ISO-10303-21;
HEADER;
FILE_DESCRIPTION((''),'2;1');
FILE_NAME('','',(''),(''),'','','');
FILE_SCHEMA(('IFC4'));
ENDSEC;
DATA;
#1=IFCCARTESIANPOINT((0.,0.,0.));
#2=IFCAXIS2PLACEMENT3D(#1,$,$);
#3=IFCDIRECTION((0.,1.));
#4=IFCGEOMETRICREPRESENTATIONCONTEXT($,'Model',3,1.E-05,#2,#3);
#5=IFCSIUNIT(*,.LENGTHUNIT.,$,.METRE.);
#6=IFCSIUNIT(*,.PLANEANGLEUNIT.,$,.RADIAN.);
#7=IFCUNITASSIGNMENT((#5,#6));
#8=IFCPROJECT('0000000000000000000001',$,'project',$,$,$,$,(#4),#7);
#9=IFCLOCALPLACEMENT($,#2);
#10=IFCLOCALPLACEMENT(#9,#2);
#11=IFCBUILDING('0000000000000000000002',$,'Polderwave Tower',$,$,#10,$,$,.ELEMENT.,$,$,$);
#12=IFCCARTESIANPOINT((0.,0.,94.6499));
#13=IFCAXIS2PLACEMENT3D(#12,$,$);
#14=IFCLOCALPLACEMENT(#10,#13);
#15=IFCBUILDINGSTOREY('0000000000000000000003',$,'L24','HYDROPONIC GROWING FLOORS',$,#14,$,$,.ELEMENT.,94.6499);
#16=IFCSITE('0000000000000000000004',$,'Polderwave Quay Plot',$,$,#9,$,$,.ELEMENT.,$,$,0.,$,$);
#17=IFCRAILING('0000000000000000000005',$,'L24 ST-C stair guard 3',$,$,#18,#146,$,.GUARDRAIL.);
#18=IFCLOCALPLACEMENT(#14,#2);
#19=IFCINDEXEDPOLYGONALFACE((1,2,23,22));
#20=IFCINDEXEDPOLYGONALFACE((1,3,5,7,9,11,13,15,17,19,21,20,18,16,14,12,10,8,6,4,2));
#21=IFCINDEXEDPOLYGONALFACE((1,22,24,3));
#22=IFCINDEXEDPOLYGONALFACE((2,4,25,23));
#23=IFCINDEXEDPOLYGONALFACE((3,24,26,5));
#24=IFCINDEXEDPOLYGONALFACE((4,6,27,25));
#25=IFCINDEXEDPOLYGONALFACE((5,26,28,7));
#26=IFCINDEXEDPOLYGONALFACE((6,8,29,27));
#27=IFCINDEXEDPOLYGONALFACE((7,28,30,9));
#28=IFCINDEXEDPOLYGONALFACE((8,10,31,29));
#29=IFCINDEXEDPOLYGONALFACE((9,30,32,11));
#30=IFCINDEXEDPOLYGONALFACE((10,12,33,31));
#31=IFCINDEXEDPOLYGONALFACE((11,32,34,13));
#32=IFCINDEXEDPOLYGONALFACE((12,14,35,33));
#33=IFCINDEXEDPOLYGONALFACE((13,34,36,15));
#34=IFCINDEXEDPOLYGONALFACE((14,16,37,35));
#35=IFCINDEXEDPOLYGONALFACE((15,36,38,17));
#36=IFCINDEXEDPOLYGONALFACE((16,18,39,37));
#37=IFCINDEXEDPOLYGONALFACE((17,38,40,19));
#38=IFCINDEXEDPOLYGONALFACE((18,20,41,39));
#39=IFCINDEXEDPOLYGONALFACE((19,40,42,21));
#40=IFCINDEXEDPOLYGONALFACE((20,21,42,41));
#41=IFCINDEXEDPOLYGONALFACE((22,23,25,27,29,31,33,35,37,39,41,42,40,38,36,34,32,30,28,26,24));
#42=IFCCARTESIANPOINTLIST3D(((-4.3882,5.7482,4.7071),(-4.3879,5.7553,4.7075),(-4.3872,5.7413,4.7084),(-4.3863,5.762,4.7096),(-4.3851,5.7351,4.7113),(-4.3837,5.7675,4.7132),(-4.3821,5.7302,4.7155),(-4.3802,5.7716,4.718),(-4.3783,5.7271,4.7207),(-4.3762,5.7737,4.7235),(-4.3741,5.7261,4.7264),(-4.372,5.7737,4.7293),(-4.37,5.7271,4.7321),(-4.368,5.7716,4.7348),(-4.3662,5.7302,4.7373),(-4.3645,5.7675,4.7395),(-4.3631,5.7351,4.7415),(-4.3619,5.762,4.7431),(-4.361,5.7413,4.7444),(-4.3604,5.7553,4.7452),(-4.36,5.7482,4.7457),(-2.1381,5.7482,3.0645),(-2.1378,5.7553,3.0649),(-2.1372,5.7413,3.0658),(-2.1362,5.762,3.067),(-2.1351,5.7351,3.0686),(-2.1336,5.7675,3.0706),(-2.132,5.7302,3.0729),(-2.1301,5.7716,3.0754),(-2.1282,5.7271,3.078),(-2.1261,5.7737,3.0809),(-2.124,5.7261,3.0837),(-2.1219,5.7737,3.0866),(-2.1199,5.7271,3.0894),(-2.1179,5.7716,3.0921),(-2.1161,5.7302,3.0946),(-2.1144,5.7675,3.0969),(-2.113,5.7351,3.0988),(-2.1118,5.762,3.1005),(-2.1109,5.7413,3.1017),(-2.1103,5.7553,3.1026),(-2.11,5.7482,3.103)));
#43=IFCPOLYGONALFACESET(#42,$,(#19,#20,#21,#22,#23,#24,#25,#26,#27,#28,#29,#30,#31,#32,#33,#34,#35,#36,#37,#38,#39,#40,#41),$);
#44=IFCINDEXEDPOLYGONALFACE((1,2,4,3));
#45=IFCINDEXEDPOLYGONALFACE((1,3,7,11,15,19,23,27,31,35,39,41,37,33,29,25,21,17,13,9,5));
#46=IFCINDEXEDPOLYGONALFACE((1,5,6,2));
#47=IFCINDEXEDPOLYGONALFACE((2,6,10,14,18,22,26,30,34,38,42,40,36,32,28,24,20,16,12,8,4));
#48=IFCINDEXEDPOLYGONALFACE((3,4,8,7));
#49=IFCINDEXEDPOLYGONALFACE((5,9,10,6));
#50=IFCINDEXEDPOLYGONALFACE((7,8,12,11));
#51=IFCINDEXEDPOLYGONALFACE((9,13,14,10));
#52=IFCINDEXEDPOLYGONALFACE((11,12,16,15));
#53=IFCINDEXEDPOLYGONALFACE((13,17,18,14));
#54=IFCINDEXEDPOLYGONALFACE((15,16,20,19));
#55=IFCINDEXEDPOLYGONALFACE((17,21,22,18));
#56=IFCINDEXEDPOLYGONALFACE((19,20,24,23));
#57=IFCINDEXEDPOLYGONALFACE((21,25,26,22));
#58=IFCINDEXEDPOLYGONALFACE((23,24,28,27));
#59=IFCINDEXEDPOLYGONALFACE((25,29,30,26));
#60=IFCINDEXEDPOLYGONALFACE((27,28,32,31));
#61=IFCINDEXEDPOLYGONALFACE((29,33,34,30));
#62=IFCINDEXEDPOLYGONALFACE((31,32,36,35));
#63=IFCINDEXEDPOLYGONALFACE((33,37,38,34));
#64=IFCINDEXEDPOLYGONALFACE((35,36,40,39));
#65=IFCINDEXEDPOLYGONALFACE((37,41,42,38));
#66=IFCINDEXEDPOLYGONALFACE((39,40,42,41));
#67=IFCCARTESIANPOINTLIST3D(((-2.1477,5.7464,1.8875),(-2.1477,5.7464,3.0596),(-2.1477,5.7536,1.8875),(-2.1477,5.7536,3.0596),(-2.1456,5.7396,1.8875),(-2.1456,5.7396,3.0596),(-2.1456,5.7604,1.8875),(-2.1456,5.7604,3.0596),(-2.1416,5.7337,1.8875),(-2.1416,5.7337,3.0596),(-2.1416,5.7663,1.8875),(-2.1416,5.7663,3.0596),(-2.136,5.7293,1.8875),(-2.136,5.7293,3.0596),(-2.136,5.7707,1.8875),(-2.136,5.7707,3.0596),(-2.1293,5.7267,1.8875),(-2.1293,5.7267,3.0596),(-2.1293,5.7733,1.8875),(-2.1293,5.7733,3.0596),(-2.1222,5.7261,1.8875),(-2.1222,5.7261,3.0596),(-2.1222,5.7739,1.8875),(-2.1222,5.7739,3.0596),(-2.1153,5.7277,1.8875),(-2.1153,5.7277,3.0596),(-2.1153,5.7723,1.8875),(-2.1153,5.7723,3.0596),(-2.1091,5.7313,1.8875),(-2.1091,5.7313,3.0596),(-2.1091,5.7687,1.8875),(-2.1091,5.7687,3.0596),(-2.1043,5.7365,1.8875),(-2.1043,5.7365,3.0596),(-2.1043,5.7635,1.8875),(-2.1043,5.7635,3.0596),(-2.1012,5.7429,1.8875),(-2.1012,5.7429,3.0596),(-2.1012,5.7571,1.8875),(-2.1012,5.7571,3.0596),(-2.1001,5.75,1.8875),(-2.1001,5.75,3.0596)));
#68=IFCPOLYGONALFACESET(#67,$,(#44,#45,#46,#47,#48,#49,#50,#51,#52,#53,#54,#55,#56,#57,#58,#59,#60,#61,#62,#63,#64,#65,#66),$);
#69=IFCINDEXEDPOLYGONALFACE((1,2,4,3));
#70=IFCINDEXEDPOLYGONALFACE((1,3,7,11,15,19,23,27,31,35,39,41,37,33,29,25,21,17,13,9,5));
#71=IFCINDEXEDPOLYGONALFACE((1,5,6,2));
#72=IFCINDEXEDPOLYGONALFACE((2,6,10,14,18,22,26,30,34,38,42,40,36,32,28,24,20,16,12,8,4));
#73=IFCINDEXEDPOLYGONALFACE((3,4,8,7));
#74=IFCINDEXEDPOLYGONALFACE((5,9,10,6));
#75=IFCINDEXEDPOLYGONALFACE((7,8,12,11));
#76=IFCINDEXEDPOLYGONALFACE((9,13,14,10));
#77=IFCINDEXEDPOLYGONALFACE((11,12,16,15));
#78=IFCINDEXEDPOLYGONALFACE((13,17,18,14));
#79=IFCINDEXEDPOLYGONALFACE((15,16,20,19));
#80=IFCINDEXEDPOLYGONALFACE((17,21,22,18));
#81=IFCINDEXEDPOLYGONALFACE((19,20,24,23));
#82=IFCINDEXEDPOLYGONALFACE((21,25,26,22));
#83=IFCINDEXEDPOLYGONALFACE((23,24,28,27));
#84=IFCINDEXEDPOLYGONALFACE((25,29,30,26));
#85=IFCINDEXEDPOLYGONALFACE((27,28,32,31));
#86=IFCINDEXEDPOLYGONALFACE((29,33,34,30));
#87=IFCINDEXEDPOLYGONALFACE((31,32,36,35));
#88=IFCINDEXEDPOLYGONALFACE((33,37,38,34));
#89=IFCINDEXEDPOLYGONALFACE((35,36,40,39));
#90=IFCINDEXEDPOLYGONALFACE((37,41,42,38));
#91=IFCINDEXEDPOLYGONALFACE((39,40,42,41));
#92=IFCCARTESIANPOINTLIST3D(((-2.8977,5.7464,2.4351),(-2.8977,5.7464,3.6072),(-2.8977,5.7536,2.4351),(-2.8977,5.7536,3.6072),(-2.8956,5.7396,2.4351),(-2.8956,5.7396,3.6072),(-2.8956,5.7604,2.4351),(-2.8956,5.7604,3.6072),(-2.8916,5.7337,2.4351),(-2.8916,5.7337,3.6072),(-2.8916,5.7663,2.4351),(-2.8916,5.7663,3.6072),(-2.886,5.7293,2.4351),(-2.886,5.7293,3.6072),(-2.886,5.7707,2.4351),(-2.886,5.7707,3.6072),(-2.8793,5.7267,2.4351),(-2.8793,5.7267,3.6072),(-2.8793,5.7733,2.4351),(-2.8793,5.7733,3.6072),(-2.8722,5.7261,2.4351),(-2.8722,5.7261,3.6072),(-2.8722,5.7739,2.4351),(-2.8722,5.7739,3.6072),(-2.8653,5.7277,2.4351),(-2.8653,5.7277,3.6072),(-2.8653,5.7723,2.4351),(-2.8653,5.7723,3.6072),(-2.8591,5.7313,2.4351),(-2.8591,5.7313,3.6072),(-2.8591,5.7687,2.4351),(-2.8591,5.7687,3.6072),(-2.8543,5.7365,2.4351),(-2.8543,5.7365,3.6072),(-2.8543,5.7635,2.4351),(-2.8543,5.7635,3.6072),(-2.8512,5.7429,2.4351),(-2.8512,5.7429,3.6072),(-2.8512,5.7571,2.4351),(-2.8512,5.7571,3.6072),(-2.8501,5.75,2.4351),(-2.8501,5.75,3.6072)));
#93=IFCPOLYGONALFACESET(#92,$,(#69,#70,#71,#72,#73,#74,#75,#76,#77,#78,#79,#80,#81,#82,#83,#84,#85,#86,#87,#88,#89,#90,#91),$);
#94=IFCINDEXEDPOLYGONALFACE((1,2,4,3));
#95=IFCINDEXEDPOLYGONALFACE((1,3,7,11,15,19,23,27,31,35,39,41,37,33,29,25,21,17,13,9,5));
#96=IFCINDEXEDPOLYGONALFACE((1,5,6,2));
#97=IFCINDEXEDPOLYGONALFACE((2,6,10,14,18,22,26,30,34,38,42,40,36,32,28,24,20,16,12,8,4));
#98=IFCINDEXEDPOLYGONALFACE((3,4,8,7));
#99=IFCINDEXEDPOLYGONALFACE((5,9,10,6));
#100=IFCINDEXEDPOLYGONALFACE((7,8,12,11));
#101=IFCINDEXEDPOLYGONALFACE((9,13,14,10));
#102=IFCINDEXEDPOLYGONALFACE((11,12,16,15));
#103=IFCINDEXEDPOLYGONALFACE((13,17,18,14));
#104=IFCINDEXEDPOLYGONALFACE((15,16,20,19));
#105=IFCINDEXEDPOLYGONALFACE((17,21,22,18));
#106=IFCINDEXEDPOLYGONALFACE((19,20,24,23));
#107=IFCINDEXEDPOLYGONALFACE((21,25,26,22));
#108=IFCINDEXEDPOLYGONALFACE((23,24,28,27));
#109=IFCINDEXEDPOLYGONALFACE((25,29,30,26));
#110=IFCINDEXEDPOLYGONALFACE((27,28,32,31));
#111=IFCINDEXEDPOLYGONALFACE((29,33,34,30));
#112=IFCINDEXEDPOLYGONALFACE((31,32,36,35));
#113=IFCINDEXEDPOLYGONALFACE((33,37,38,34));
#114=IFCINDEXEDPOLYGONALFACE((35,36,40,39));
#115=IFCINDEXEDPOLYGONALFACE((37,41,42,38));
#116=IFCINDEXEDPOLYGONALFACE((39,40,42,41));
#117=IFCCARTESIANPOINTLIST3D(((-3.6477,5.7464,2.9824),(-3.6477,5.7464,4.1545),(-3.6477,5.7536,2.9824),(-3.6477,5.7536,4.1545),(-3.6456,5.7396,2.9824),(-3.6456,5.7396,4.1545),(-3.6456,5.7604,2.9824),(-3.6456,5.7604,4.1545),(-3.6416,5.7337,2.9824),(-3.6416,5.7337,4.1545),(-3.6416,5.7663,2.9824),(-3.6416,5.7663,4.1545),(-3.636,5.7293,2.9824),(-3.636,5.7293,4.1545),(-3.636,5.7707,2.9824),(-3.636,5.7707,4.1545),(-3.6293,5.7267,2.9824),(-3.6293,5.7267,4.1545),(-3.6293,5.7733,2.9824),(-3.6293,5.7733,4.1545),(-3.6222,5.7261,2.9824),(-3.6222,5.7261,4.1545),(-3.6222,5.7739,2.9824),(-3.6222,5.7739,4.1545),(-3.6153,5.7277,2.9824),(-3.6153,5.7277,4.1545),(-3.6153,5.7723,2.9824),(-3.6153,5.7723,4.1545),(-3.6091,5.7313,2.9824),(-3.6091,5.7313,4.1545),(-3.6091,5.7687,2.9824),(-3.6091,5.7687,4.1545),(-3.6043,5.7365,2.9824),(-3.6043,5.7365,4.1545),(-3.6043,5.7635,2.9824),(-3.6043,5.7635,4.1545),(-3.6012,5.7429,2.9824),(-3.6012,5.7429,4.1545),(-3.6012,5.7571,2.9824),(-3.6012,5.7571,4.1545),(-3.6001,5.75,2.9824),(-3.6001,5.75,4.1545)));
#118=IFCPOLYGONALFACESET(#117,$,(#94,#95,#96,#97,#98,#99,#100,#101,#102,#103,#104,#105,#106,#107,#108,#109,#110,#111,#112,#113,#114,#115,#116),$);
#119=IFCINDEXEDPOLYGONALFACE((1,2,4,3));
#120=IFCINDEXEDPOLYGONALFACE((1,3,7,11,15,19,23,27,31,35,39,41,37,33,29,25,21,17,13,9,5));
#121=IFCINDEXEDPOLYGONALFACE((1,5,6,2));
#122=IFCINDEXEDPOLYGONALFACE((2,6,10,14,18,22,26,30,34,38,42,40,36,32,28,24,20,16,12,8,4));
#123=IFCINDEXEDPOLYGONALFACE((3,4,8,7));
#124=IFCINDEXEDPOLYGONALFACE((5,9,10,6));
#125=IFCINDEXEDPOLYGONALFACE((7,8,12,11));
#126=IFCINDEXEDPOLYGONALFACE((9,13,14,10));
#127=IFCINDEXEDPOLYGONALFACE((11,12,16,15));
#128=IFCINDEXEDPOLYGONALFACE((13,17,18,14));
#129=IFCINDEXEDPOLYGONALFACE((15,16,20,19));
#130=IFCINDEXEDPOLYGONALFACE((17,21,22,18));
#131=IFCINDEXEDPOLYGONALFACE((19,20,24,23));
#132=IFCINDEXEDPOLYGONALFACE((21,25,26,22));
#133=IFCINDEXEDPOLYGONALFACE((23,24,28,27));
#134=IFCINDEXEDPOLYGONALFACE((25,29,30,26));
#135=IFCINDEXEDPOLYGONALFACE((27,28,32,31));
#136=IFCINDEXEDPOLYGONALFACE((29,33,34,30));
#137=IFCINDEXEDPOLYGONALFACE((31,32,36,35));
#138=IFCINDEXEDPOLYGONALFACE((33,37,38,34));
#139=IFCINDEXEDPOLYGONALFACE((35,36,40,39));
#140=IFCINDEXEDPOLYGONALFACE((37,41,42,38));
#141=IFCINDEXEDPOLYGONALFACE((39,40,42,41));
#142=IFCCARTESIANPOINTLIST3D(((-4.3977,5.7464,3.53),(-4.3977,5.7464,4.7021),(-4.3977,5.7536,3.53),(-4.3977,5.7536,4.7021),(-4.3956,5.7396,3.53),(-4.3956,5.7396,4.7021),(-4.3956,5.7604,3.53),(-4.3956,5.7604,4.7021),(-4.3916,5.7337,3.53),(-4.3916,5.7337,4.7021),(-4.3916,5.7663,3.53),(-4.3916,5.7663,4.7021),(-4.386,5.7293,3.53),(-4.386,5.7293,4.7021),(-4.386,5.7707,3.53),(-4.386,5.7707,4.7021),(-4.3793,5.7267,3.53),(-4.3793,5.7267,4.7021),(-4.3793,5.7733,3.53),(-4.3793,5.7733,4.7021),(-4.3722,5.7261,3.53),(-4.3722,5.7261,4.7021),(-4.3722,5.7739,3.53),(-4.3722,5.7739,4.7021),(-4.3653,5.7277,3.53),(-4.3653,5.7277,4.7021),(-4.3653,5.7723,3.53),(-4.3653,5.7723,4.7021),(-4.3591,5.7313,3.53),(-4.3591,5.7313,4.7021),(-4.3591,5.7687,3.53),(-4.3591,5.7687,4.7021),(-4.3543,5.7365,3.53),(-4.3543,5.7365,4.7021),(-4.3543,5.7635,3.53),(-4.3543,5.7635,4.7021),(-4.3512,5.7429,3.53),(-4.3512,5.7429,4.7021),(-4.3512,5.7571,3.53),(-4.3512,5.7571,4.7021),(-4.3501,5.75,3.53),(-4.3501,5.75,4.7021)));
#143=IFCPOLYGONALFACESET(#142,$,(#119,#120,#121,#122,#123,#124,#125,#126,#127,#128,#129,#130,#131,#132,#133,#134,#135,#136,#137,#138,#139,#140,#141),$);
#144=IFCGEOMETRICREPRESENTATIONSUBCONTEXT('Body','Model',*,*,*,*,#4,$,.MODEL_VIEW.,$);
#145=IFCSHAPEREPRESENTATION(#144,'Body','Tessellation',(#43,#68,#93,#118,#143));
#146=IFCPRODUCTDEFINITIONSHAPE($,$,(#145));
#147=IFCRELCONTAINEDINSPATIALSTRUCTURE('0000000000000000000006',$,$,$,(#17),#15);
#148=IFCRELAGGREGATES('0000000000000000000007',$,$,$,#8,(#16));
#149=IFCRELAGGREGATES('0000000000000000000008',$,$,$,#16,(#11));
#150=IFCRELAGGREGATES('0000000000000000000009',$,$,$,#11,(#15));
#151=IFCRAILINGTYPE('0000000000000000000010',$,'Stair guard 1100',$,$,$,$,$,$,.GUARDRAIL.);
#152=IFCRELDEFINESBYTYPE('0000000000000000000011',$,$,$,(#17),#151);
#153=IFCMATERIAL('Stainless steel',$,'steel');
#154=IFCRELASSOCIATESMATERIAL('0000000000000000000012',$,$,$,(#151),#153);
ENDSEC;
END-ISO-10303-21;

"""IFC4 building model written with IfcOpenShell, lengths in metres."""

from ifc_helpers import new_model, si_unit, direction, frame, origin, origin_2d, place, context, subcontext, project, spatial, circle, extrude, material, type_object, element, save


model = new_model("IFC4")

# Units and contexts
model_context = context("Model", 3, precision=1e-05, world=origin(), true_north=direction((0.0, 1.0)))
body_context = subcontext(model_context, "Body", "Model", "MODEL_VIEW")
ifc_project = project(units=[si_unit("LENGTHUNIT", "METRE"), si_unit("PLANEANGLEUNIT", "RADIAN")], contexts=[model_context])

# Site, building, storey
site_placement = place(None, origin())
site = spatial("IfcSite", under=ifc_project, at=site_placement, Name="Polderwave Quay Plot", CompositionType="ELEMENT", RefElevation=0.0)
building_placement = place(site_placement, origin())
building = spatial("IfcBuilding", under=site, at=building_placement, Name="Polderwave Tower", CompositionType="ELEMENT")
storey_placement = place(building_placement, frame((0.0, 0.0, 94.6499)))
storey = spatial("IfcBuildingStorey", under=building, at=storey_placement, Name="L24", Description="HYDROPONIC GROWING FLOORS", CompositionType="ELEMENT", Elevation=94.6499)

# Railing
ifc_material_1 = material(Name="Stainless steel", Category="steel")
railing_type_1 = type_object("IfcRailingType", Name="Stair guard 1100", PredefinedType="GUARDRAIL", material=ifc_material_1)
railing_1_placement = place(storey_placement, frame((-2.124, 5.75, 1.8875)))
element("IfcRailing", 1, at=railing_1_placement, inside=storey, type_object=railing_type_1, Name="L24 ST-C stair guard 3", PredefinedType="GUARDRAIL", context=body_context, shape_type="SweptSolid", body=[
    extrude(circle(Radius=0.0239, at=origin_2d()), frame((0.0, 0.0, 1.1963), z_axis=(-0.807674, 0.0, 0.58963), x_axis=(0.0, -1.0, 0.0)), (0.0, 0.0, 1.0), 2.7859),
    extrude(circle(Radius=0.0239, at=origin_2d()), origin(), (0.0, 0.0, 1.0), 1.1721),
    extrude(circle(Radius=0.0239, at=origin_2d()), frame((-0.75, 0.0, 0.5476)), (0.0, 0.0, 1.0), 1.1721),
    extrude(circle(Radius=0.0239, at=origin_2d()), frame((-1.5, 0.0, 1.095)), (0.0, 0.0, 1.0), 1.1721),
    extrude(circle(Radius=0.0239, at=origin_2d()), frame((-2.25, 0.0, 1.6426)), (0.0, 0.0, 1.0), 1.1721),
])

save(model, "model.ifc")
